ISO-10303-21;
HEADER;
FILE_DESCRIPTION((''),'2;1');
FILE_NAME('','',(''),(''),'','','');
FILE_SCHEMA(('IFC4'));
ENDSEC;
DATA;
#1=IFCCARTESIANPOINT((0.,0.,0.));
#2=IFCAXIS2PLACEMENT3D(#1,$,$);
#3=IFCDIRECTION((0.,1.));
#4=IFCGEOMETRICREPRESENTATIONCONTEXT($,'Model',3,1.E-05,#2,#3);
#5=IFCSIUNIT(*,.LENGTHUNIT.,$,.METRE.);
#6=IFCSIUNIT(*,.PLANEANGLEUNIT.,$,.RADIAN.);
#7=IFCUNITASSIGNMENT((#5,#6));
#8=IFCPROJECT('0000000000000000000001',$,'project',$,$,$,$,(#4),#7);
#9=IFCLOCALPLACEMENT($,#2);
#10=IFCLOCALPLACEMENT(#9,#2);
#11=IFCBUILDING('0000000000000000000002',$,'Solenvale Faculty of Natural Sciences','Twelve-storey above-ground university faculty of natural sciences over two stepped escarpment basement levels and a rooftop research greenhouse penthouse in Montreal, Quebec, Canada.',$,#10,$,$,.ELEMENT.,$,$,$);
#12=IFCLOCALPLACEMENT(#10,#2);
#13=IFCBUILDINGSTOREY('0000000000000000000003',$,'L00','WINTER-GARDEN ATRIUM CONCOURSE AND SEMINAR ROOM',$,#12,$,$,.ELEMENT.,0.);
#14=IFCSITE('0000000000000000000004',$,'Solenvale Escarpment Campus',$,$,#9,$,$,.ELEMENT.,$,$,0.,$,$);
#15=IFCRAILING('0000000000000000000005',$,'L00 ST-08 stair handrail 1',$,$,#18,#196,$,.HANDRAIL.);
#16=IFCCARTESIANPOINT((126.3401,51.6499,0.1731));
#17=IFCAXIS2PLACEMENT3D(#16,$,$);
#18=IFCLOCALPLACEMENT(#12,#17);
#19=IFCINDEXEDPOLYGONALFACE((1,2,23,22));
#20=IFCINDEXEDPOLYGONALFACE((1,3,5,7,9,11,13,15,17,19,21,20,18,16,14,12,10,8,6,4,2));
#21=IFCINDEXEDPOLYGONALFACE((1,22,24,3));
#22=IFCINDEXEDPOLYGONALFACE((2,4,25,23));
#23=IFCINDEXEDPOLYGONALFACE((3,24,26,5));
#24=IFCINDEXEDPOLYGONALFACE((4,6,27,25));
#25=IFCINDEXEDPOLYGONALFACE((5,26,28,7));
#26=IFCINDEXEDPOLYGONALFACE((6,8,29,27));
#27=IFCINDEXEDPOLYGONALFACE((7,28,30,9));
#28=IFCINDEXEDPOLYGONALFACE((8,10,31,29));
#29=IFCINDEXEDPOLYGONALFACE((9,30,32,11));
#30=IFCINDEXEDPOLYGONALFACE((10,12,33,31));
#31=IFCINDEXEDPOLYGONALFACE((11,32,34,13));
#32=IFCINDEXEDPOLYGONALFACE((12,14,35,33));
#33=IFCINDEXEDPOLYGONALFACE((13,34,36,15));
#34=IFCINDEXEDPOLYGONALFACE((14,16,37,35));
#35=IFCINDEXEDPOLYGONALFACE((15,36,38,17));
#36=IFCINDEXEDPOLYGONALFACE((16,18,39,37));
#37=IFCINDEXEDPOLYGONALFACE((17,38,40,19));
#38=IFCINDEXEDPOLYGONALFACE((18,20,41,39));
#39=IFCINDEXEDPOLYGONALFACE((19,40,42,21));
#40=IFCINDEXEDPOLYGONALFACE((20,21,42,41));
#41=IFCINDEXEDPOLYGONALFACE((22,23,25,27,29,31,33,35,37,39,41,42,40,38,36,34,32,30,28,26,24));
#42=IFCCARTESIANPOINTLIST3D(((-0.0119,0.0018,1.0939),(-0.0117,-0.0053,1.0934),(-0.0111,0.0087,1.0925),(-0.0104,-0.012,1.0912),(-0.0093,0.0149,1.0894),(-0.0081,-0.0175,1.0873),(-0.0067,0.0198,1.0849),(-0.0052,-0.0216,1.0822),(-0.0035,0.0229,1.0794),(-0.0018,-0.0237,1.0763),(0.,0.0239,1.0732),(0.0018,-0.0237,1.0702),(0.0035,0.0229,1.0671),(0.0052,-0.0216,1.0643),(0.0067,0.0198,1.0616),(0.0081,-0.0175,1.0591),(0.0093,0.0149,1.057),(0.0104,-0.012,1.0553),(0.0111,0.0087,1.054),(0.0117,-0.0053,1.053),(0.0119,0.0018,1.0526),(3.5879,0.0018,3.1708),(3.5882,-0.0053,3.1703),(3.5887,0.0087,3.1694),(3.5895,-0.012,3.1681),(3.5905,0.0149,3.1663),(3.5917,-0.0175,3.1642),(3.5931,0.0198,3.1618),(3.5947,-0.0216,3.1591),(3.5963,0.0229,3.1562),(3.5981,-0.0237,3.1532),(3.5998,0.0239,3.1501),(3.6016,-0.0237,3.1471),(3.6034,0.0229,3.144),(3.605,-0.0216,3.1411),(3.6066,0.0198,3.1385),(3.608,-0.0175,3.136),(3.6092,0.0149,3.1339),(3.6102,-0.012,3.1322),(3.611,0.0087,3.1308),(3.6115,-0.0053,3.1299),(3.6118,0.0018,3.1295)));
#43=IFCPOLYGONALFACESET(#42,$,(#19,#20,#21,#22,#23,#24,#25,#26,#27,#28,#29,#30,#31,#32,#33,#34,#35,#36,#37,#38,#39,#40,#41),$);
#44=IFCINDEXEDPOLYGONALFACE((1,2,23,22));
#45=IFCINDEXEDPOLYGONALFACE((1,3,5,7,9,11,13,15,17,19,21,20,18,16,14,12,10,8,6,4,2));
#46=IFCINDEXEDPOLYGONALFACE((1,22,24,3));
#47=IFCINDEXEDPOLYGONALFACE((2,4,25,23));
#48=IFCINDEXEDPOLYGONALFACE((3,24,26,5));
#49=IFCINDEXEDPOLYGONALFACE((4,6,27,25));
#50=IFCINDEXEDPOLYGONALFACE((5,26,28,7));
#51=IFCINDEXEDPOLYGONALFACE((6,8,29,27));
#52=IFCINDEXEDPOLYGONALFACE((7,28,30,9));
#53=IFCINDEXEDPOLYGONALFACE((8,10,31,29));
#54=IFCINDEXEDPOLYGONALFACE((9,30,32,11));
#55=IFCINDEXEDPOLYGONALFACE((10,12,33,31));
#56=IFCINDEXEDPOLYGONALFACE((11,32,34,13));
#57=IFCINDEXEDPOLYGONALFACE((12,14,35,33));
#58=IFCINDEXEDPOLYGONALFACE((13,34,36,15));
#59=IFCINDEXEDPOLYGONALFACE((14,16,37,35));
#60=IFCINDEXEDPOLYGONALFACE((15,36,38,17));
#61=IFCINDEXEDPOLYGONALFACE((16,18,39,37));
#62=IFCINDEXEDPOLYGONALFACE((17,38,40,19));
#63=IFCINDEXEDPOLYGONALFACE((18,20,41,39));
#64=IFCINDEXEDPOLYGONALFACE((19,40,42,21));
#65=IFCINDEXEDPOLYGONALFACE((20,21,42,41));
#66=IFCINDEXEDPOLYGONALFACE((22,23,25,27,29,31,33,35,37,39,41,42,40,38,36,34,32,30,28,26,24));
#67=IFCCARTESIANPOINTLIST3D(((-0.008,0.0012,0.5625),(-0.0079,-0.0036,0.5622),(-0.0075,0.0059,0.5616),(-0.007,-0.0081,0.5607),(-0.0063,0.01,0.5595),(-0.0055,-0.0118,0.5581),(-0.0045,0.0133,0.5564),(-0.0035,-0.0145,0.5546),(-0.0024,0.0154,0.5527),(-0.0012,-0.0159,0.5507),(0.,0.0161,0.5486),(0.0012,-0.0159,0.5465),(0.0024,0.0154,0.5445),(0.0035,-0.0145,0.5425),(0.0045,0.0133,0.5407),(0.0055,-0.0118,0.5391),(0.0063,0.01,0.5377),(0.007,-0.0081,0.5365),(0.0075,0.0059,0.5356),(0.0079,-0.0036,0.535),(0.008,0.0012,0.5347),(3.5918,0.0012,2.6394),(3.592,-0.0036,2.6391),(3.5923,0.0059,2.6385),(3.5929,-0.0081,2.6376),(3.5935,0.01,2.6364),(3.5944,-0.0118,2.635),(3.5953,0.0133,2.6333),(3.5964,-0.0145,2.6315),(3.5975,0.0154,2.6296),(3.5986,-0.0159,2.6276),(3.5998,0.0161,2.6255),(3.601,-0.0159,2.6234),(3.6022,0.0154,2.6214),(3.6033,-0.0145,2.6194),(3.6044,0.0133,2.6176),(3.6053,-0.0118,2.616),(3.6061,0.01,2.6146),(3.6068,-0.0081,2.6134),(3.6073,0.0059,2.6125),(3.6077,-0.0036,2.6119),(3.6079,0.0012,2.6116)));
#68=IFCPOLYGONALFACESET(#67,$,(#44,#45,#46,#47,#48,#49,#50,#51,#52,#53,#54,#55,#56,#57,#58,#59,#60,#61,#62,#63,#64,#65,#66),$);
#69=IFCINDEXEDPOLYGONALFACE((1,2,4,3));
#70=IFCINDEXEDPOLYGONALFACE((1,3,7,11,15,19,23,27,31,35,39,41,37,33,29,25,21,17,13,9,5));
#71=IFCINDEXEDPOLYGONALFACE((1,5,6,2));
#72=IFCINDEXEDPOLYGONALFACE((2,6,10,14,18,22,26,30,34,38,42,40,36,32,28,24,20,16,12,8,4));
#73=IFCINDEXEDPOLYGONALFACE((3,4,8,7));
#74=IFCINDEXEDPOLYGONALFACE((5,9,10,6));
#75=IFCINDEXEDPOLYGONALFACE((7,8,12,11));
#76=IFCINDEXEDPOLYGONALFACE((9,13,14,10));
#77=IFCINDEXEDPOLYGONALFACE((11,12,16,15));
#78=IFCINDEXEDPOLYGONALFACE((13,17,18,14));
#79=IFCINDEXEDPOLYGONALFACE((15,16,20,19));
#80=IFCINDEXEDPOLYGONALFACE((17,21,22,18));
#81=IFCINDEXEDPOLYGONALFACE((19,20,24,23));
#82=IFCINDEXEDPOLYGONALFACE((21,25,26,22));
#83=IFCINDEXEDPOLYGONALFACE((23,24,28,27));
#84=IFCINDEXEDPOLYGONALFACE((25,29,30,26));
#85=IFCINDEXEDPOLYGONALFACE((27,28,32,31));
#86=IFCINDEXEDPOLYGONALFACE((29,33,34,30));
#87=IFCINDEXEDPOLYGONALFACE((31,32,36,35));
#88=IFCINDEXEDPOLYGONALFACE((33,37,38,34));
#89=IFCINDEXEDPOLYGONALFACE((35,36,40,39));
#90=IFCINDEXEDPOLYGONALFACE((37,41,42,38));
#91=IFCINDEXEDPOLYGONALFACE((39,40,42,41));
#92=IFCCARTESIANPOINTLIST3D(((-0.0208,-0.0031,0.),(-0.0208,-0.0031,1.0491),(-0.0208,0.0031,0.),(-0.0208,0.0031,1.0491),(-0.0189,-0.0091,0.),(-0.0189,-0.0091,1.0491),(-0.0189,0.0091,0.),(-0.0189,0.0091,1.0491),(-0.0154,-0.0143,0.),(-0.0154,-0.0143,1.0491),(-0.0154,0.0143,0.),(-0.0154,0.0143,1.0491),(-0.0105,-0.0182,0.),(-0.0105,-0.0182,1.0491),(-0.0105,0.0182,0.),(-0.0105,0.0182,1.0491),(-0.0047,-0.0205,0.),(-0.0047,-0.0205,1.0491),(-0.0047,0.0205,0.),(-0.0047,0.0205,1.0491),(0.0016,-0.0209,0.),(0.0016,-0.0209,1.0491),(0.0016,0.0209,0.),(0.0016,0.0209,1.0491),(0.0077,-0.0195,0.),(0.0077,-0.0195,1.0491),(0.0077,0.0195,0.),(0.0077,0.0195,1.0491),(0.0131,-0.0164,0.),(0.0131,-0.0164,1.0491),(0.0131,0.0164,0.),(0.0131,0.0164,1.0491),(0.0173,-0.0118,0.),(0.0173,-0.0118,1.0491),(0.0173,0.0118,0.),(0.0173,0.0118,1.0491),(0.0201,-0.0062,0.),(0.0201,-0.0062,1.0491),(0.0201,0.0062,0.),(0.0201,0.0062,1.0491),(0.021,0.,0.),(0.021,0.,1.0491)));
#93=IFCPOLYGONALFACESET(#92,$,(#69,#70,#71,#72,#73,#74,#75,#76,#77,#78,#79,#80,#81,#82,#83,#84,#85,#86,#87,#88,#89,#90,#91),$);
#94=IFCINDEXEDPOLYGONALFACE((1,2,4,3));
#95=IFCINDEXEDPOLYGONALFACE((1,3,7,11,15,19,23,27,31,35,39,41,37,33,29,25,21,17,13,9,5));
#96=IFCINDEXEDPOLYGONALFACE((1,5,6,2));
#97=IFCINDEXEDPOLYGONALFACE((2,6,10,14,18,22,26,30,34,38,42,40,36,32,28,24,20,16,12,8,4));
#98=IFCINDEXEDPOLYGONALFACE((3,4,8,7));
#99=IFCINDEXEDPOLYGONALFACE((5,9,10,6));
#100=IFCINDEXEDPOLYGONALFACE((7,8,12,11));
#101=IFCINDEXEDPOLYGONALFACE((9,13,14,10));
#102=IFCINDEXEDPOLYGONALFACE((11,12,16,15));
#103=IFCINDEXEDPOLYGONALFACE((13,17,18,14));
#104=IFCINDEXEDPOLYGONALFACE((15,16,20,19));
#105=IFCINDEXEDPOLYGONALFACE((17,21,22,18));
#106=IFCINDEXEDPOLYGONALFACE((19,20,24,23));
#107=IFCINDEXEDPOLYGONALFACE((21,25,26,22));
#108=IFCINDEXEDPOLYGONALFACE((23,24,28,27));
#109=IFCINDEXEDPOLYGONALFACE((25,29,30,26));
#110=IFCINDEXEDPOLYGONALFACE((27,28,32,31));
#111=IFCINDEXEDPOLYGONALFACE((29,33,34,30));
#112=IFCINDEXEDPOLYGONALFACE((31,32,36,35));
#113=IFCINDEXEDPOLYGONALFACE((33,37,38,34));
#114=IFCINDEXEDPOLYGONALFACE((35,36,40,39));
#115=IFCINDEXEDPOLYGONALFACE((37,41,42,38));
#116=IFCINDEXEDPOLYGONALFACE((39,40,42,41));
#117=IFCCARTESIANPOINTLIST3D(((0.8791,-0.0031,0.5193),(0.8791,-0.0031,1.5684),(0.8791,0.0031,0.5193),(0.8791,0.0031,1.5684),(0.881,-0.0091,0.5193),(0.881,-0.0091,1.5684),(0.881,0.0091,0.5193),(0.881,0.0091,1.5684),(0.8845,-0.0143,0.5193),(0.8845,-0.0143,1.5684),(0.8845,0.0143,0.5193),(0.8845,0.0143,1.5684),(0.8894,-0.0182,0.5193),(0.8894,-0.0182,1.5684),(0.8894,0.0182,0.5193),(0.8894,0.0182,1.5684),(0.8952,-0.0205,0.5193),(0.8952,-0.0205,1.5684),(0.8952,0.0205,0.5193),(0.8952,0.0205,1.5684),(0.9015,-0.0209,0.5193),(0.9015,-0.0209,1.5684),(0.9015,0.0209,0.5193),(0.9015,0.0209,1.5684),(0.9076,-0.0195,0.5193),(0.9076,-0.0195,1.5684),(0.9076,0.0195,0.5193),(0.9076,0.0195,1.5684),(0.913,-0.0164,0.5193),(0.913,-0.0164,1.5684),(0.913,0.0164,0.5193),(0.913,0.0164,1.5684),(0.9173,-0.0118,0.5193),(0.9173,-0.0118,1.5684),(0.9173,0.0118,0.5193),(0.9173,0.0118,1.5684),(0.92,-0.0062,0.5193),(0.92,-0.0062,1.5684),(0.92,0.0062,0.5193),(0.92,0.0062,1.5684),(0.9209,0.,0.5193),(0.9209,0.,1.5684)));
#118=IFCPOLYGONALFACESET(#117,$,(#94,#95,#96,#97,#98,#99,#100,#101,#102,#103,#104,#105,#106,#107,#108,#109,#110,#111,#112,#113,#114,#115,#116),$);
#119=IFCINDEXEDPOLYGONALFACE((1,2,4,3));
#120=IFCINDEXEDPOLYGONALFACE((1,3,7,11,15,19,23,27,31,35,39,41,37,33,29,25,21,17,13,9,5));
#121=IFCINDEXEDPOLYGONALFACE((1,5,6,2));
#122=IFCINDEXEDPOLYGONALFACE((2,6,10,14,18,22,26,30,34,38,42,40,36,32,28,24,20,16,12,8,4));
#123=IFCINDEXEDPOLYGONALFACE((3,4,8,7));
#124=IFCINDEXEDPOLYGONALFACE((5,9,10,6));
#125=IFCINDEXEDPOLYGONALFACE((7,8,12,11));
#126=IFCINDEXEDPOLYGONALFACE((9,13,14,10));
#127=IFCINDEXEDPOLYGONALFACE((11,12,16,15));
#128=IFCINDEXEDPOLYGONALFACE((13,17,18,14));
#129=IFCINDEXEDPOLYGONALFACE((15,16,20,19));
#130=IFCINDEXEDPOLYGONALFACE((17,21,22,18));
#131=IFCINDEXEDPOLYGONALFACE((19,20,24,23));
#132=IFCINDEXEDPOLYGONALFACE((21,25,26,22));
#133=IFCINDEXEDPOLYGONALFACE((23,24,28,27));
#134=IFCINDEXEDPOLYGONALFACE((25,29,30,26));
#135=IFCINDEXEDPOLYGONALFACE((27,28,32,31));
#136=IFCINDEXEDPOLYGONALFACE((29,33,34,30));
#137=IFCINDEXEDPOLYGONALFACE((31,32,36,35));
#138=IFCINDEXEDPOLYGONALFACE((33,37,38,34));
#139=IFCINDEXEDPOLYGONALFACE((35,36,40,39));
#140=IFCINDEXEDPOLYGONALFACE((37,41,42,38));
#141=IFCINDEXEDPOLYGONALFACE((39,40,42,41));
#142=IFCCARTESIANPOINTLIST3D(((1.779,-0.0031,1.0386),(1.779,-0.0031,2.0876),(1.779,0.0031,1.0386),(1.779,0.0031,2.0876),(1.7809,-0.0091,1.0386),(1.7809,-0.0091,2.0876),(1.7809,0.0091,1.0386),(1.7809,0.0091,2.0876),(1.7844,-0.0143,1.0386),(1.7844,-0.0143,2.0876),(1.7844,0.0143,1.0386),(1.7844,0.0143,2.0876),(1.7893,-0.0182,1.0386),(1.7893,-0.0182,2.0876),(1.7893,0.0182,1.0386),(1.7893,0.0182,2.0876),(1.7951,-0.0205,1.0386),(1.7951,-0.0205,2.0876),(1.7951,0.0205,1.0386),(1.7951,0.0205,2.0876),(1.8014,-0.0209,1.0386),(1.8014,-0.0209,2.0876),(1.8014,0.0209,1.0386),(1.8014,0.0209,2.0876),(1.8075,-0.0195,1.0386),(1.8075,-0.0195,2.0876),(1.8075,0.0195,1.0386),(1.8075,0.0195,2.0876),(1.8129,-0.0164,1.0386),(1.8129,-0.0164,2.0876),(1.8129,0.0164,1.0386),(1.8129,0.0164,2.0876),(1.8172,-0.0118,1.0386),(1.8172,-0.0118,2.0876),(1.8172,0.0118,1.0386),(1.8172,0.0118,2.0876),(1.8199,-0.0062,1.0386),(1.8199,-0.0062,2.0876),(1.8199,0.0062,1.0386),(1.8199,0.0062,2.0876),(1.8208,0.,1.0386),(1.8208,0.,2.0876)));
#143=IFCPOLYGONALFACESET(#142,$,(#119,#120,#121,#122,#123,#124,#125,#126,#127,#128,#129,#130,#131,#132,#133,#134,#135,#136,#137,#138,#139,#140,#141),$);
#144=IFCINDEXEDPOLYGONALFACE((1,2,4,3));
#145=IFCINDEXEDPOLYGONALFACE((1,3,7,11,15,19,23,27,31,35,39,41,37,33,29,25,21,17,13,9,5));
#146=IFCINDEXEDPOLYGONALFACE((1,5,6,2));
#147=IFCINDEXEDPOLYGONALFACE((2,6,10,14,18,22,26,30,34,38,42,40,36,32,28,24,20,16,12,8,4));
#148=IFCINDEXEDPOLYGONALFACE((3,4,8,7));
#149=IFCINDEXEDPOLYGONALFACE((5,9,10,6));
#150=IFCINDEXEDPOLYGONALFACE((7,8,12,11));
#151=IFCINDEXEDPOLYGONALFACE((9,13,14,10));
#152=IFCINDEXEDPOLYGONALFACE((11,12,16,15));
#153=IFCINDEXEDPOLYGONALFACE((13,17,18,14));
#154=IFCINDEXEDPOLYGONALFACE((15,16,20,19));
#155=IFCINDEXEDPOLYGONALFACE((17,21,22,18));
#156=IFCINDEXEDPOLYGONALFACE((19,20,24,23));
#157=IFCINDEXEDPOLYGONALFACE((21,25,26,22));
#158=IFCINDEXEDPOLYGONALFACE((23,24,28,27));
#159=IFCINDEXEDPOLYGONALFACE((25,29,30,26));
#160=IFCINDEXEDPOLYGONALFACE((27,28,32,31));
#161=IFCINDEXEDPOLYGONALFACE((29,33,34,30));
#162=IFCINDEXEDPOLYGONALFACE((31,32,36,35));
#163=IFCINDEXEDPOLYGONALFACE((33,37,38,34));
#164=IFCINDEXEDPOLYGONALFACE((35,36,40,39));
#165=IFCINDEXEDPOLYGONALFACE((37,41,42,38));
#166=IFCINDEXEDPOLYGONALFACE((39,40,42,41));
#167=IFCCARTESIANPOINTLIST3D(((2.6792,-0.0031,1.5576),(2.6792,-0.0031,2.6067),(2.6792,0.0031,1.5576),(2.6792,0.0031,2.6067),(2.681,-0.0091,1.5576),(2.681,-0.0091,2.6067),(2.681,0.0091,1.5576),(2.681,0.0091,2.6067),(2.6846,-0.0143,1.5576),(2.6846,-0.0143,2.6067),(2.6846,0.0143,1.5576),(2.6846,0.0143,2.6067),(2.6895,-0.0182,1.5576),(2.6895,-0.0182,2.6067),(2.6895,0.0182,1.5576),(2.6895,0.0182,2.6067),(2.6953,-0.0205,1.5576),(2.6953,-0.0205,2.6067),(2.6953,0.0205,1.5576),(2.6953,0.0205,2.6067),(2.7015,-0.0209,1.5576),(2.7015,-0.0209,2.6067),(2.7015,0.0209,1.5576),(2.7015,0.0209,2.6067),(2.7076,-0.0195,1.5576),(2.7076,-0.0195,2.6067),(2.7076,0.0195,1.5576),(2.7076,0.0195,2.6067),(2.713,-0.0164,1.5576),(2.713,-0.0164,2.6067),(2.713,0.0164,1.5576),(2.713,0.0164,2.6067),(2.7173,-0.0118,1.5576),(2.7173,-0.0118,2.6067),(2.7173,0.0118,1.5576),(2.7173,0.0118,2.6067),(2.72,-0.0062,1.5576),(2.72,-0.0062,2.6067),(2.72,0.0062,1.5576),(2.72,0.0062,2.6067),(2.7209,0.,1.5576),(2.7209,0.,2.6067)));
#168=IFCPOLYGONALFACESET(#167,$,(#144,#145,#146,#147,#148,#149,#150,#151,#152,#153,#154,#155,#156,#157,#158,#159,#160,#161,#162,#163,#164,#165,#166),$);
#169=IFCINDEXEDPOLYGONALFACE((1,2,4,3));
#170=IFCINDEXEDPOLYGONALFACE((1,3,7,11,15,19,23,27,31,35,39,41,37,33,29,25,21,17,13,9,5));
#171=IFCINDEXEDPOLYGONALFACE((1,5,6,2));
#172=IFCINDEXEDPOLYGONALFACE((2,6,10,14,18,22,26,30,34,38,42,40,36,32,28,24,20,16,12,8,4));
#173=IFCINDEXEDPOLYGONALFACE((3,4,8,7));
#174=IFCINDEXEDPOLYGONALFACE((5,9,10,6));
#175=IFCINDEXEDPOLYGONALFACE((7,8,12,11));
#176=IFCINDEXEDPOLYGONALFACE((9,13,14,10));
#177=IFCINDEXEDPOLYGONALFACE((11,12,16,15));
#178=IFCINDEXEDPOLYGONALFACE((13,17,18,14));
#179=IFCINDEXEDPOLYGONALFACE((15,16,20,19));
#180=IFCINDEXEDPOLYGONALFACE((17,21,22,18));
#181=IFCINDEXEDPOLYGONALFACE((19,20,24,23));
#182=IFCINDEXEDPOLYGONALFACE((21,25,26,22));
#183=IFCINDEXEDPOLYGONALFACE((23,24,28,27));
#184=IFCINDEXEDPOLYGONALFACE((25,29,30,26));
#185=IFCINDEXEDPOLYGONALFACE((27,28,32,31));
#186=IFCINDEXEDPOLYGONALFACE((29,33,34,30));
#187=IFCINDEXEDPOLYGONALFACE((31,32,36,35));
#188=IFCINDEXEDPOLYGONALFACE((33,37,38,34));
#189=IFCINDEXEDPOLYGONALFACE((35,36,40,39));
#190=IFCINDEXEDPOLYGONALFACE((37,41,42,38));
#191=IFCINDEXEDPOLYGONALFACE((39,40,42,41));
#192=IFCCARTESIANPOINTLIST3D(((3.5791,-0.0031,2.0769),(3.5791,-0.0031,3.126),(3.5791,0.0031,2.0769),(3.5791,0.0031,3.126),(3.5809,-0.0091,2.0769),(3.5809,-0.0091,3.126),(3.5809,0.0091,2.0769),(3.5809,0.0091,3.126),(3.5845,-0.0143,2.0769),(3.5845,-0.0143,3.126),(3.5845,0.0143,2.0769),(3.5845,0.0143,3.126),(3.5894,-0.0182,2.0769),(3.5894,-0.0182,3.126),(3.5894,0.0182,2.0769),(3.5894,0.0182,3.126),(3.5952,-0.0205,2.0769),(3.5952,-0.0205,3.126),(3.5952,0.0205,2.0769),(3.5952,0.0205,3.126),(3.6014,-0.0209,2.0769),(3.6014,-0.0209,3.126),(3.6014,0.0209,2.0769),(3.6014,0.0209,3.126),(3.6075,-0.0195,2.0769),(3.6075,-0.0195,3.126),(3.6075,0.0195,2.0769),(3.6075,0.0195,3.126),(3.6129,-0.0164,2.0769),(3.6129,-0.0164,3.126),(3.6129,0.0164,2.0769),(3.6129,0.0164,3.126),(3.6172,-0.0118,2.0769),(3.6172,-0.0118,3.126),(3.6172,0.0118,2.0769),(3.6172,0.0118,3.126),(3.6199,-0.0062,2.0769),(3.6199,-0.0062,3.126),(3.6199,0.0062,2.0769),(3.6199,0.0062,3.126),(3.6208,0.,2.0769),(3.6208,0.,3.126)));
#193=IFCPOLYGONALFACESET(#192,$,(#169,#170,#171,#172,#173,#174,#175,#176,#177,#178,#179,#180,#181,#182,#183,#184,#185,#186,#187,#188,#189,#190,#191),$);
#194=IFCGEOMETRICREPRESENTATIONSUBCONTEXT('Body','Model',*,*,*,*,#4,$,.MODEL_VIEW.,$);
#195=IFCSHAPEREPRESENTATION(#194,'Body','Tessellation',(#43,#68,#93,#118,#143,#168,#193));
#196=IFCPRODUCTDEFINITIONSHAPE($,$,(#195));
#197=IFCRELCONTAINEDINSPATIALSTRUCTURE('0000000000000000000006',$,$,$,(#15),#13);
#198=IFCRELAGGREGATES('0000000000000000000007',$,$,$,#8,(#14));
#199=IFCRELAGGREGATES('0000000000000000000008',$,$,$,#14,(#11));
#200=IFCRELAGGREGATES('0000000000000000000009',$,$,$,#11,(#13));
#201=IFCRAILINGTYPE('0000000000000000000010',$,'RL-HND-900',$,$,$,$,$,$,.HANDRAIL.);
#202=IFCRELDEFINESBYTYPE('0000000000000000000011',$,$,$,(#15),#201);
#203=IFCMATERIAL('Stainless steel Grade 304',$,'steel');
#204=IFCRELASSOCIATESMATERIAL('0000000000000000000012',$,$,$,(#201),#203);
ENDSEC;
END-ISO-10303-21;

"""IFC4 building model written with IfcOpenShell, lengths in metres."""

from ifc_helpers import new_model, si_unit, direction, frame, origin, origin_2d, place, context, subcontext, project, spatial, circle, extrude, material, type_object, element, save


model = new_model("IFC4")

# Units and contexts
model_context = context("Model", 3, precision=1e-05, world=origin(), true_north=direction((0.0, 1.0)))
body_context = subcontext(model_context, "Body", "Model", "MODEL_VIEW")
ifc_project = project(units=[si_unit("LENGTHUNIT", "METRE"), si_unit("PLANEANGLEUNIT", "RADIAN")], contexts=[model_context])

# Site, building, storey
site_placement = place(None, origin())
site = spatial("IfcSite", under=ifc_project, at=site_placement, Name="Solenvale Escarpment Campus", CompositionType="ELEMENT", RefElevation=0.0)
building_placement = place(site_placement, origin())
building = spatial("IfcBuilding", under=site, at=building_placement, Name="Solenvale Faculty of Natural Sciences", Description="Twelve-storey above-ground university faculty of natural sciences over two stepped escarpment basement levels and a rooftop research greenhouse penthouse in Montreal, Quebec, Canada.", CompositionType="ELEMENT")
storey_placement = place(building_placement, origin())
storey = spatial("IfcBuildingStorey", under=building, at=storey_placement, Name="L00", Description="WINTER-GARDEN ATRIUM CONCOURSE AND SEMINAR ROOM", CompositionType="ELEMENT", Elevation=0.0)

# Railing
ifc_material_1 = material(Name="Stainless steel Grade 304", Category="steel")
railing_type_1 = type_object("IfcRailingType", Name="RL-HND-900", PredefinedType="HANDRAIL", material=ifc_material_1)
railing_1_placement = place(storey_placement, frame((126.3401, 51.6499, 0.1731)))
element("IfcRailing", 1, at=railing_1_placement, inside=storey, type_object=railing_type_1, Name="L00 ST-08 stair handrail 1", PredefinedType="HANDRAIL", context=body_context, shape_type="SweptSolid", body=[
    extrude(circle(Radius=0.0239, at=origin_2d()), frame((0.0, 0.0, 1.0732), z_axis=(0.866179, 0.0, 0.499734), x_axis=(0.0, 1.0, 0.0)), (0.0, 0.0, 1.0), 4.156),
    extrude(circle(Radius=0.0161, at=origin_2d()), frame((0.0, 0.0, 0.5486), z_axis=(0.866179, 0.0, 0.499734), x_axis=(0.0, 1.0, 0.0)), (0.0, 0.0, 1.0), 4.156),
    extrude(circle(Radius=0.021, at=origin_2d()), origin(), (0.0, 0.0, 1.0), 1.0491),
    extrude(circle(Radius=0.021, at=origin_2d()), frame((0.8999, 0.0, 0.5193)), (0.0, 0.0, 1.0), 1.0491),
    extrude(circle(Radius=0.021, at=origin_2d()), frame((1.7998, 0.0, 1.0386)), (0.0, 0.0, 1.0), 1.0491),
    extrude(circle(Radius=0.021, at=origin_2d()), frame((2.7, 0.0, 1.5576)), (0.0, 0.0, 1.0), 1.0491),
    extrude(circle(Radius=0.021, at=origin_2d()), frame((3.5999, 0.0, 2.0769)), (0.0, 0.0, 1.0), 1.0491),
])

save(model, "model.ifc")
